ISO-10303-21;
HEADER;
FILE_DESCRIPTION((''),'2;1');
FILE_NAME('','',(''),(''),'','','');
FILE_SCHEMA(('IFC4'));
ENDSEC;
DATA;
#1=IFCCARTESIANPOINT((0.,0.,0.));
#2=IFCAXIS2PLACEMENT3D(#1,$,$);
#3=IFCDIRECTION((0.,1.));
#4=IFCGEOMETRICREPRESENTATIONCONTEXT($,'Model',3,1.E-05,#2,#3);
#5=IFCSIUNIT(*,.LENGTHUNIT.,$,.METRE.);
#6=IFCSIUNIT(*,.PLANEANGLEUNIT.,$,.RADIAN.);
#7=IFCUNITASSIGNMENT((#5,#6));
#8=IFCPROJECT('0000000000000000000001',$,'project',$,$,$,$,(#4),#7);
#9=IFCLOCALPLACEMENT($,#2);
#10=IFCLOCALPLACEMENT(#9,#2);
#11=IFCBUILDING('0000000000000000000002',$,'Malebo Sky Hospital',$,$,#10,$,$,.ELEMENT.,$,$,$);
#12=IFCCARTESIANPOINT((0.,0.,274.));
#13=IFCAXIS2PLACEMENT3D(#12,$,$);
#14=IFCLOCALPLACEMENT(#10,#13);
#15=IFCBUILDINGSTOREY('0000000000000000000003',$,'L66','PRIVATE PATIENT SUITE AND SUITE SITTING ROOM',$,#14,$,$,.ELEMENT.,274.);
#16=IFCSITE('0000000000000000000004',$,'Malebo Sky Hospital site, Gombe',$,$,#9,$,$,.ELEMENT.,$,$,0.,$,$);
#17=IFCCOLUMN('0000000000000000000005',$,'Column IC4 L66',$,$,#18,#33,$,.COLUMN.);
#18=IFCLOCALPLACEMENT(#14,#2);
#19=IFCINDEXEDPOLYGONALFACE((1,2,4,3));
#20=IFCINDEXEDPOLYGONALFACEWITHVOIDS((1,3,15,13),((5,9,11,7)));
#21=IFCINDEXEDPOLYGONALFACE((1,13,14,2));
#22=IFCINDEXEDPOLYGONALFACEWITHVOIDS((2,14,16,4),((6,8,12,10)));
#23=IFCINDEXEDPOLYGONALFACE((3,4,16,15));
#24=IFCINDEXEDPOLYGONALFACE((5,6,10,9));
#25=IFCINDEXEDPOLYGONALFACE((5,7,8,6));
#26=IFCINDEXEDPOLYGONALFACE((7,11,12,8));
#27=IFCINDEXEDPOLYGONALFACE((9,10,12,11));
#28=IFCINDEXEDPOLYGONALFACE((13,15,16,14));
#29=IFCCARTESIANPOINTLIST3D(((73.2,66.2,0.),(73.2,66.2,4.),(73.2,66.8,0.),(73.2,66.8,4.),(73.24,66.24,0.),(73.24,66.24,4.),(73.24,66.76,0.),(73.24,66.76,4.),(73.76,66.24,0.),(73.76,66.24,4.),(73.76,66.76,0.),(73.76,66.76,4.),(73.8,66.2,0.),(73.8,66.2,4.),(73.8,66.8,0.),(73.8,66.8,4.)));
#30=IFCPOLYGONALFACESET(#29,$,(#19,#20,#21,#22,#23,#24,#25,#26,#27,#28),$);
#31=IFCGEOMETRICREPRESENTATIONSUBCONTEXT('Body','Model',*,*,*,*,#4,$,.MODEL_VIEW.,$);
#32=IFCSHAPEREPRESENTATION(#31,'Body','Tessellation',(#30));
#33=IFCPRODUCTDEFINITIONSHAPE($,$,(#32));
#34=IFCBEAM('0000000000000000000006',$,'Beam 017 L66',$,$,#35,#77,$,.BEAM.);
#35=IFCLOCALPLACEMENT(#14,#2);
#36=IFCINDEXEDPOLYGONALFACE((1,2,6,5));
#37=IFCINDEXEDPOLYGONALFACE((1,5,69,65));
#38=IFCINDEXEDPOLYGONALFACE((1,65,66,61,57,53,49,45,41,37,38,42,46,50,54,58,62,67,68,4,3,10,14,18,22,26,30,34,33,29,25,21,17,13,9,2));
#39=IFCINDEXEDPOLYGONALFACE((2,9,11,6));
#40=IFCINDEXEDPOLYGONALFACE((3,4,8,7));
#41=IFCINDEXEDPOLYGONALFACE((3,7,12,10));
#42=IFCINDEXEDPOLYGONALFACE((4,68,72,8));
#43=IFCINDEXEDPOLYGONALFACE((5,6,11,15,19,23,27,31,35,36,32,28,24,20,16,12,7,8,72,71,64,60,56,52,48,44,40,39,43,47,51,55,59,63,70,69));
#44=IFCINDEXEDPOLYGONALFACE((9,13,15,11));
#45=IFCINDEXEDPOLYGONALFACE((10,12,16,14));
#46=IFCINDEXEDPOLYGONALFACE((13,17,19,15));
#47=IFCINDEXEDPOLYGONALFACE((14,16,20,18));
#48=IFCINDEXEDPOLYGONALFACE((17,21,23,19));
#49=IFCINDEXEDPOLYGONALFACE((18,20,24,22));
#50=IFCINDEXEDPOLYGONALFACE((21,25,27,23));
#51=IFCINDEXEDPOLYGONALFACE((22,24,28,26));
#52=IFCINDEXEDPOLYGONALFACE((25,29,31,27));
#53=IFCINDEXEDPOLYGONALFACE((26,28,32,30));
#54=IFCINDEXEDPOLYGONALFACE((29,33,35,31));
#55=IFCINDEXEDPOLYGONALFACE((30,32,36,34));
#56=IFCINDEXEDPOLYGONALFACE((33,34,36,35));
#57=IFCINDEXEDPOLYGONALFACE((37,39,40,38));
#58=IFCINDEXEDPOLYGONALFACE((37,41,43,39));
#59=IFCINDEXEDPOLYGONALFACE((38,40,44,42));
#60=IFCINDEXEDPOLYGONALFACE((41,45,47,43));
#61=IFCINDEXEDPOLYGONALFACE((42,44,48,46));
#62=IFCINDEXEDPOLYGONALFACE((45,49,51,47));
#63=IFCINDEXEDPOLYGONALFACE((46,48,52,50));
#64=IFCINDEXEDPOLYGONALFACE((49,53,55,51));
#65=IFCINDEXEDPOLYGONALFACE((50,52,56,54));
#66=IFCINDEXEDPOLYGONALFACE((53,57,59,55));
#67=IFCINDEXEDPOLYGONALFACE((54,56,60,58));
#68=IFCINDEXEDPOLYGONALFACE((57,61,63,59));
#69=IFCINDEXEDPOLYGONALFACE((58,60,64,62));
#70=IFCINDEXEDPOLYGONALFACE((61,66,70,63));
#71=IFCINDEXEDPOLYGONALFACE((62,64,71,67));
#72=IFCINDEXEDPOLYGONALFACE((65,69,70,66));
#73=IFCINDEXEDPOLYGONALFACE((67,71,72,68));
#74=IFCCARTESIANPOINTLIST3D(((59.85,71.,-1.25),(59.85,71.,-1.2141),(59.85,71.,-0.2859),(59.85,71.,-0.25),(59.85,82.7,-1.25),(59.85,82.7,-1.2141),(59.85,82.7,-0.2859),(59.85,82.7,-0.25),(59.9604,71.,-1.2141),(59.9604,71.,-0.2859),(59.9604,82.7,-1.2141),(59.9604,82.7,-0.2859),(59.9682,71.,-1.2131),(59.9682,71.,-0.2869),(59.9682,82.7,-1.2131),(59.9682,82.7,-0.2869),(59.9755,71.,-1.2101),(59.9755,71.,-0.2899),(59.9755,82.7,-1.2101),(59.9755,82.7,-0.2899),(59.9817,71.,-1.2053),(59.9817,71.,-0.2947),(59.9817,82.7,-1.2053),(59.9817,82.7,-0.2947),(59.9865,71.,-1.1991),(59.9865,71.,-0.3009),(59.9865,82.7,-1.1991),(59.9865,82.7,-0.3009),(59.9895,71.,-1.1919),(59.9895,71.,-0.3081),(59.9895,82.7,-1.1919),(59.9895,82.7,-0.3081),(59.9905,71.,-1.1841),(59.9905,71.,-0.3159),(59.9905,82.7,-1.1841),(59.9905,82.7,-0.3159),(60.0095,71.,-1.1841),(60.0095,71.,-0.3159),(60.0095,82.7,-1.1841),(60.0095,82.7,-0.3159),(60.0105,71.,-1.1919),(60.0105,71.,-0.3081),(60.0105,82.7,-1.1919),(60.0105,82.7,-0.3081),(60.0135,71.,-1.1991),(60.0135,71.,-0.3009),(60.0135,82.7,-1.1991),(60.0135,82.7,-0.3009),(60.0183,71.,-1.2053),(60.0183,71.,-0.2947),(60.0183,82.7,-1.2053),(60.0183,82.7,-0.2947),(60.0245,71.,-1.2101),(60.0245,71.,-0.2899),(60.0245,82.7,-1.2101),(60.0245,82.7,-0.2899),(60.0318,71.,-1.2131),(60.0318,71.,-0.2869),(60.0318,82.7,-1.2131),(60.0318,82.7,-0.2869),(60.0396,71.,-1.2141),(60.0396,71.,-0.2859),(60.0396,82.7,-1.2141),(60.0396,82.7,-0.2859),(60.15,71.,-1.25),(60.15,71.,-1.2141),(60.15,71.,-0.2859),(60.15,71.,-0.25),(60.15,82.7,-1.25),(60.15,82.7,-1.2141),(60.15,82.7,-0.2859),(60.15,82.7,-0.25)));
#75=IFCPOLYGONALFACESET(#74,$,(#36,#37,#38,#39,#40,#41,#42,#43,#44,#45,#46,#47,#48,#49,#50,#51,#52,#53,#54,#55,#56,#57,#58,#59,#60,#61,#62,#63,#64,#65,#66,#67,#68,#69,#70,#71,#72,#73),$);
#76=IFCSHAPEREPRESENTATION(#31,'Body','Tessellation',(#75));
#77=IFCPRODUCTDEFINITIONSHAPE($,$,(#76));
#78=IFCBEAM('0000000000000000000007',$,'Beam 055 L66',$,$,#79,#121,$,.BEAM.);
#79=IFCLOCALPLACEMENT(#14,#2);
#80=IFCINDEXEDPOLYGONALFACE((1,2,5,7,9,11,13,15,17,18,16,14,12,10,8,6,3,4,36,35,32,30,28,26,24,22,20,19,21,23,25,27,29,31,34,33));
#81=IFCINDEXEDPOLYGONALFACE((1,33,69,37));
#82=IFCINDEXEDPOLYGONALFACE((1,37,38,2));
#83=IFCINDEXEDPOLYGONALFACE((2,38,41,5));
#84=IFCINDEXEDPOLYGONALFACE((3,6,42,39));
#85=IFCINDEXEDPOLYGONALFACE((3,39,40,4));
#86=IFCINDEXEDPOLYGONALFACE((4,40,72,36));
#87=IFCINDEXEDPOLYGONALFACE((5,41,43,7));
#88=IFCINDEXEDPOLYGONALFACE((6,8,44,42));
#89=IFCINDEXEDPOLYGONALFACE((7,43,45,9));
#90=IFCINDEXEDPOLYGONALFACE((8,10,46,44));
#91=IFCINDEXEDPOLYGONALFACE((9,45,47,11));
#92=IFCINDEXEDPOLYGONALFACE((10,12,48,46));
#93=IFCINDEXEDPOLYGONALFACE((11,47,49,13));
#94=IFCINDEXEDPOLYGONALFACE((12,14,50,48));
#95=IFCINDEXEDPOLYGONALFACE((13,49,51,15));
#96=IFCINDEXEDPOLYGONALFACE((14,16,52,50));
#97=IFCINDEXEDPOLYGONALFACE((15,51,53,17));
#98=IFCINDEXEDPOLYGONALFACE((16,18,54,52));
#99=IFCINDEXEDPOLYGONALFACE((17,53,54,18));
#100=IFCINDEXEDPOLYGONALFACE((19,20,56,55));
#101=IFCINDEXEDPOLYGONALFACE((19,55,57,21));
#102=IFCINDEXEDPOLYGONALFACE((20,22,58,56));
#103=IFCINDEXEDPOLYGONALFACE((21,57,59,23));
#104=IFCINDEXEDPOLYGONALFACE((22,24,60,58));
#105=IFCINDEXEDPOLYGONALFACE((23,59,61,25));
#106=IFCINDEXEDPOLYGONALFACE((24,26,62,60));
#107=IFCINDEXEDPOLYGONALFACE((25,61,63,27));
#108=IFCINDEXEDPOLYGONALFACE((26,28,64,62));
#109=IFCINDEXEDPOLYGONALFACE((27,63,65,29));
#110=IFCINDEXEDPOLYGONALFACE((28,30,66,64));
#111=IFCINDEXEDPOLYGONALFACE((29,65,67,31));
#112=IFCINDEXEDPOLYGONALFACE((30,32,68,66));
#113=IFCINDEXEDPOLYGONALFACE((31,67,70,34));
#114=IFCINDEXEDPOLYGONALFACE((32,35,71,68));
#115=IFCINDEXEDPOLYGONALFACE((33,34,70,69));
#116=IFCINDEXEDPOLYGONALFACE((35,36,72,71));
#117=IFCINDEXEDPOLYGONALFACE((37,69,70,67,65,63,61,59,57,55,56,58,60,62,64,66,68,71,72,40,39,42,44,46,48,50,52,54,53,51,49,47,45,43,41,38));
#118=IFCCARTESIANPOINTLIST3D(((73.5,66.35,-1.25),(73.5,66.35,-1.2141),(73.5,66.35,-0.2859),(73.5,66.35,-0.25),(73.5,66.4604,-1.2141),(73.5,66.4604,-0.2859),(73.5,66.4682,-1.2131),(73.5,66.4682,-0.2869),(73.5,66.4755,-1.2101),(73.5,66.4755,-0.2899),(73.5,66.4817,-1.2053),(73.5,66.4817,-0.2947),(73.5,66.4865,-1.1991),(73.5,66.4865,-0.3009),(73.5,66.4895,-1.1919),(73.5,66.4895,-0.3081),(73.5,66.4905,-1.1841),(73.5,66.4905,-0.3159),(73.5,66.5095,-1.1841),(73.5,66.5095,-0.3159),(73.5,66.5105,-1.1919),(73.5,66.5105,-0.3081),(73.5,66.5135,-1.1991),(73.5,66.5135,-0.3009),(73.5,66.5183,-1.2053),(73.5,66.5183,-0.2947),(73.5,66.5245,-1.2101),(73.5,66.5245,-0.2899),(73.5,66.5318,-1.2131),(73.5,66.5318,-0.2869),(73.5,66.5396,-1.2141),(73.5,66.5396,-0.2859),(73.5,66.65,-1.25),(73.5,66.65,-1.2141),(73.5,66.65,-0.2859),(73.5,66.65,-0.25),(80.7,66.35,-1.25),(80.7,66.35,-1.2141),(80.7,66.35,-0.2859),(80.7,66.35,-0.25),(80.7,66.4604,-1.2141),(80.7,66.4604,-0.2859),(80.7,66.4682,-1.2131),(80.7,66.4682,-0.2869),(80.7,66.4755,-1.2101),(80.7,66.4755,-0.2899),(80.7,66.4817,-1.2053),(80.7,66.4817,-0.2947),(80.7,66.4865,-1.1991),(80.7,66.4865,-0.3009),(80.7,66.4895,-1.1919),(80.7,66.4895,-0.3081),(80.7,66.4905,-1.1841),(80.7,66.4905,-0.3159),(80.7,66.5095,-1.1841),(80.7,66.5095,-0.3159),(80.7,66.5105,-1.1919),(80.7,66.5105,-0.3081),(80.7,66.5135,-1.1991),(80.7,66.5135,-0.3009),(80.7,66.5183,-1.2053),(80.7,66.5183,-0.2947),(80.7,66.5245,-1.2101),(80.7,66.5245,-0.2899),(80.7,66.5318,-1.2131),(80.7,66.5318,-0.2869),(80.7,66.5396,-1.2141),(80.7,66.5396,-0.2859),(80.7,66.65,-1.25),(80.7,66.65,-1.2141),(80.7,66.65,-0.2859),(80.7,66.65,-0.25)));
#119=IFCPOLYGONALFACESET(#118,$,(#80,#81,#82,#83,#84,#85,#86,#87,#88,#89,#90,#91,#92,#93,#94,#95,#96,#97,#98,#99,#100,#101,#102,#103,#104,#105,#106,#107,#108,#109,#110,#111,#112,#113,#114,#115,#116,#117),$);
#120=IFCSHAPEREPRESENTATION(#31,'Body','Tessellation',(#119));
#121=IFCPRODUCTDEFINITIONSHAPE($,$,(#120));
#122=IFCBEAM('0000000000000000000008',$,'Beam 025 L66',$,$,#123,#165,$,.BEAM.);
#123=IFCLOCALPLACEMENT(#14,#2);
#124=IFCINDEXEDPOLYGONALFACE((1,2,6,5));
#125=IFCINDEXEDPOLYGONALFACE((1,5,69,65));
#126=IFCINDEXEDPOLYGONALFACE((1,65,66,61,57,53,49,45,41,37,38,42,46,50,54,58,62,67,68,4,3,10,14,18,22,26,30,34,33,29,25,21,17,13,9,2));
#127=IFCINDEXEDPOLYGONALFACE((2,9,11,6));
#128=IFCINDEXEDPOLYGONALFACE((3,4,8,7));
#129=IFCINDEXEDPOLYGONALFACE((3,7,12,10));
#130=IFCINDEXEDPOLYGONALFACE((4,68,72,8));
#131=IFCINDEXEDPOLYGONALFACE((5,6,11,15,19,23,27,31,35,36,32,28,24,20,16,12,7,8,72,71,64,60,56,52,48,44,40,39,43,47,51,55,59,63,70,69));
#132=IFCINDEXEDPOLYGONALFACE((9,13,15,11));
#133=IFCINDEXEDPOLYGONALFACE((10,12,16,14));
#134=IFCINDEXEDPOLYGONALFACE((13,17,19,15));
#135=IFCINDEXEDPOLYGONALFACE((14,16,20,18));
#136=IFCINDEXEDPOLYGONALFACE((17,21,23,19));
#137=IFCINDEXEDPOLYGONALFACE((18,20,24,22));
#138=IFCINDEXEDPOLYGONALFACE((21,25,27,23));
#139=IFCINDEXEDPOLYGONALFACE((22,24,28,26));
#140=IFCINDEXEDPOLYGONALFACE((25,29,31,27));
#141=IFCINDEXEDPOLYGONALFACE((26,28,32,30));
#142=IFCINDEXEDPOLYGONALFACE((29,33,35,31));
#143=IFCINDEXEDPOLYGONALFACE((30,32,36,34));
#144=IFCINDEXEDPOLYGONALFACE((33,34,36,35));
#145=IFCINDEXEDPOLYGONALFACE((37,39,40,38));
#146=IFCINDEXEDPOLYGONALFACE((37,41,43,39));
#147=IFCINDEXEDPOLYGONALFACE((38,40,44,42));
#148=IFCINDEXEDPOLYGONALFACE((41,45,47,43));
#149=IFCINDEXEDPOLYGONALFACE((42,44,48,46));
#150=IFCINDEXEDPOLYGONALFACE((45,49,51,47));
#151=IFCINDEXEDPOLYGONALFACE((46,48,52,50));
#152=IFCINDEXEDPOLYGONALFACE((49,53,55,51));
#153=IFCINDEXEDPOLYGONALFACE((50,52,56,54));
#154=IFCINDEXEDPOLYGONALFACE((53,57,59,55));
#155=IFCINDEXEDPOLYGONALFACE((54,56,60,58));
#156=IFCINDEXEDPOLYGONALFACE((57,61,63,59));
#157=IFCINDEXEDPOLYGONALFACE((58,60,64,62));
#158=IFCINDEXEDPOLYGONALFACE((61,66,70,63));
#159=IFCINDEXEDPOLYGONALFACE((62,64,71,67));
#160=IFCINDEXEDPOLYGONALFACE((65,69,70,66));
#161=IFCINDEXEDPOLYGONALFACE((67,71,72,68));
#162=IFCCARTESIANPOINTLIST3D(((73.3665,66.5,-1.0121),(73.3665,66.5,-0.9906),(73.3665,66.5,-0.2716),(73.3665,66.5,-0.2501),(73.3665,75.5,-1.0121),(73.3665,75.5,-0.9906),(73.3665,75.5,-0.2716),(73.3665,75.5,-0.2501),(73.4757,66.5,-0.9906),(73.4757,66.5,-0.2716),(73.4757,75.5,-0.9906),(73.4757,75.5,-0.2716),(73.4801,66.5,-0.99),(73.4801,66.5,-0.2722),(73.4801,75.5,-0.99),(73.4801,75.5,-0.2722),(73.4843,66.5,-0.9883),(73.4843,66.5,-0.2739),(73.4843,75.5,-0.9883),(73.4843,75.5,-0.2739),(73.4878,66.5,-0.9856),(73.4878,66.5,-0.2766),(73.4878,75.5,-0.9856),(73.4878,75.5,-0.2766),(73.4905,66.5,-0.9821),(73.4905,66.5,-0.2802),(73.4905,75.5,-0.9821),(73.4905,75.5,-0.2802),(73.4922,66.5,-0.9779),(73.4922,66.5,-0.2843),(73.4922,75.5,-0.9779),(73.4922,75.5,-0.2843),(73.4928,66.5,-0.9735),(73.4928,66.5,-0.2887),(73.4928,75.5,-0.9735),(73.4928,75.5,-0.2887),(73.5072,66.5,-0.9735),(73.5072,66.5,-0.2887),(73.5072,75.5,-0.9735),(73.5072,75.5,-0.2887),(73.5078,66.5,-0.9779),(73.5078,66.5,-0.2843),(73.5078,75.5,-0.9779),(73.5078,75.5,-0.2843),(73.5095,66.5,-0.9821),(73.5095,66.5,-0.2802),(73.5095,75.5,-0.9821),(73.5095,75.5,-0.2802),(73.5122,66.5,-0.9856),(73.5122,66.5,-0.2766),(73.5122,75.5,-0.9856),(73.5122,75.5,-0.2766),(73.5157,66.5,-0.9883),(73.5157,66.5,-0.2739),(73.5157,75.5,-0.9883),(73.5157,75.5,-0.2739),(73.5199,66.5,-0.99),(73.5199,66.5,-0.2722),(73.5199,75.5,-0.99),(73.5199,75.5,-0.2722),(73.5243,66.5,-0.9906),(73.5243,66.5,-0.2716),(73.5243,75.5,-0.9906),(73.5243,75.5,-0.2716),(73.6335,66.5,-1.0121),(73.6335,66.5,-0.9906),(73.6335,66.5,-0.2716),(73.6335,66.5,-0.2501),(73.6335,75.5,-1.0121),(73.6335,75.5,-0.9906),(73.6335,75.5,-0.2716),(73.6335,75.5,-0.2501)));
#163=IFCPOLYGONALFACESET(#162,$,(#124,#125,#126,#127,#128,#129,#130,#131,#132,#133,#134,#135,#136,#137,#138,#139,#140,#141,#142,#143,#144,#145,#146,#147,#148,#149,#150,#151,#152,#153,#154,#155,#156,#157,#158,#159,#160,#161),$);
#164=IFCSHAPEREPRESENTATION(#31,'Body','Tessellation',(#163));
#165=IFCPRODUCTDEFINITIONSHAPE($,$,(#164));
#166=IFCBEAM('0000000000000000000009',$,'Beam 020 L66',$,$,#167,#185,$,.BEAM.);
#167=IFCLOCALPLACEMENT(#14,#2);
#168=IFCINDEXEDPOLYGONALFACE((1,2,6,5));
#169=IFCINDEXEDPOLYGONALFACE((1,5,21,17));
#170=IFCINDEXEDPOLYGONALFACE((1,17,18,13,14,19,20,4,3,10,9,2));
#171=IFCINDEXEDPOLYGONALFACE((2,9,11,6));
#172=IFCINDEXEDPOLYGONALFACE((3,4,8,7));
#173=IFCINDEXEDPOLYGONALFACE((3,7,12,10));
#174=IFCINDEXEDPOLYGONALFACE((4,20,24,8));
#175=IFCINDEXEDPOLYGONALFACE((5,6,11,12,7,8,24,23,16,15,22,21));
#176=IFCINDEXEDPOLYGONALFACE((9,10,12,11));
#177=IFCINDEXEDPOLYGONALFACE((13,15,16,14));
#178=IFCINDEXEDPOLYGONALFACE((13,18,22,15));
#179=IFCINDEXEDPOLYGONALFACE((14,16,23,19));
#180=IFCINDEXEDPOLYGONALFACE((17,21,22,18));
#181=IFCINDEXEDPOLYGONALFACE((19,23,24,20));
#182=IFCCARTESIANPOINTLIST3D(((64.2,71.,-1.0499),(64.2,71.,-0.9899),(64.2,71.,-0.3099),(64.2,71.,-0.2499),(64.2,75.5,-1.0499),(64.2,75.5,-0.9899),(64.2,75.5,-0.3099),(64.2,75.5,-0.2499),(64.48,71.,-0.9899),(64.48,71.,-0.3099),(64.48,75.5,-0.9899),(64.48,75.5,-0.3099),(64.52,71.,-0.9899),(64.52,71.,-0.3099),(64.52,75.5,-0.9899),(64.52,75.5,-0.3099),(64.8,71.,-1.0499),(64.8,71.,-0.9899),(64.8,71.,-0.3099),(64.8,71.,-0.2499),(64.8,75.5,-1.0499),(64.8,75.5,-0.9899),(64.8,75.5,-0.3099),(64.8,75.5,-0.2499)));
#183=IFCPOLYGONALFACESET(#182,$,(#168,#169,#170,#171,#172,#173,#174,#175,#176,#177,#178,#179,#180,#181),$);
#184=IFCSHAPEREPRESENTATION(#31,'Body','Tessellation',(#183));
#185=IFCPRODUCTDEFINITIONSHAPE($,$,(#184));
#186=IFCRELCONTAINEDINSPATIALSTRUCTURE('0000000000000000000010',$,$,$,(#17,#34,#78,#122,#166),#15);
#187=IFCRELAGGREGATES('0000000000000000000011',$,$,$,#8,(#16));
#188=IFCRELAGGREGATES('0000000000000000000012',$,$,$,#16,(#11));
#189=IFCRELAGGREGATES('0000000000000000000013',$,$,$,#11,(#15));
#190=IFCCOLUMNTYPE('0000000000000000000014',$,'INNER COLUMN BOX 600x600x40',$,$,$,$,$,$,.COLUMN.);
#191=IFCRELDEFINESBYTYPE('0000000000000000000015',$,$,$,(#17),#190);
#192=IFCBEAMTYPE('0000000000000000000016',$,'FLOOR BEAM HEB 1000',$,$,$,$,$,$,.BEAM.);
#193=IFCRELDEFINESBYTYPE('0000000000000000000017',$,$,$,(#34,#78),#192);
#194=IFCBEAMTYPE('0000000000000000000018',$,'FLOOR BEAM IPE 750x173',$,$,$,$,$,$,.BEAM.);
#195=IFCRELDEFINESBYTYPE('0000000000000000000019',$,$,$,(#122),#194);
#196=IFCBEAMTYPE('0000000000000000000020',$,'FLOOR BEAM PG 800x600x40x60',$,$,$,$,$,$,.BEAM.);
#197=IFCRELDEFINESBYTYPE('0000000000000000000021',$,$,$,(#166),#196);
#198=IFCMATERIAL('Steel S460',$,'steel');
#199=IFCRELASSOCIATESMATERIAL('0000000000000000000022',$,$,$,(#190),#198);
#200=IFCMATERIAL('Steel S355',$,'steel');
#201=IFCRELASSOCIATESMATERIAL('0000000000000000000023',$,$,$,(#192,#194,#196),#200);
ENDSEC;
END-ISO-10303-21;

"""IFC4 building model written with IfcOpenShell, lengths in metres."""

from ifc_helpers import new_model, si_unit, direction, frame, origin, origin_2d, place, context, subcontext, project, spatial, hollow_rectangle, i_section, extrude, material, material_profile, profile_set, type_object, element, save


model = new_model("IFC4")

# Units and contexts
model_context = context("Model", 3, precision=1e-05, world=origin(), true_north=direction((0.0, 1.0)))
body_context = subcontext(model_context, "Body", "Model", "MODEL_VIEW")
ifc_project = project(units=[si_unit("LENGTHUNIT", "METRE"), si_unit("PLANEANGLEUNIT", "RADIAN")], contexts=[model_context])

# Site, building, storey
site_placement = place(None, origin())
site = spatial("IfcSite", under=ifc_project, at=site_placement, Name="Malebo Sky Hospital site, Gombe", CompositionType="ELEMENT", RefElevation=0.0)
building_placement = place(site_placement, origin())
building = spatial("IfcBuilding", under=site, at=building_placement, Name="Malebo Sky Hospital", CompositionType="ELEMENT")
storey_placement = place(building_placement, frame((0.0, 0.0, 274.0)))
storey = spatial("IfcBuildingStorey", under=building, at=storey_placement, Name="L66", Description="PRIVATE PATIENT SUITE AND SUITE SITTING ROOM", CompositionType="ELEMENT", Elevation=274.0)

# Column
ifc_material_1 = material(Name="Steel S460", Category="steel")
ifc_material_profile_1 = material_profile(ifc_material_1, hollow_rectangle(XDim=0.6001, YDim=0.6001, WallThickness=0.04, at=origin_2d()), Name="BOX 600x600x40")
ifc_profile_set_1 = profile_set([ifc_material_profile_1], Name="Steel S460")
column_type = type_object("IfcColumnType", Name="INNER COLUMN BOX 600x600x40", PredefinedType="COLUMN", material=ifc_profile_set_1)
column_placement = place(storey_placement, frame((73.5, 66.5, 0.0), z_axis=(0.0, 0.0, 1.0), x_axis=(1.0, 0.0, 0.0)))
element("IfcColumn", 1, at=column_placement, inside=storey, type_object=column_type, Name="Column IC4 L66", PredefinedType="COLUMN", context=body_context, shape_type="SweptSolid", body=[
    extrude(hollow_rectangle(XDim=0.6001, YDim=0.6001, WallThickness=0.04, at=origin_2d()), origin(), (0.0, 0.0, 1.0), 4.0),
])

# Beams
ifc_material_2 = material(Name="Steel S355", Category="steel")
ifc_material_profile_2 = material_profile(ifc_material_2, i_section(OverallWidth=0.3, OverallDepth=1.0, WebThickness=0.019, FlangeThickness=0.0359, FilletRadius=0.03, at=origin_2d()), Name="HEB 1000")
ifc_profile_set_2 = profile_set([ifc_material_profile_2], Name="Steel S355")
beam_type_1 = type_object("IfcBeamType", Name="FLOOR BEAM HEB 1000", PredefinedType="BEAM", material=ifc_profile_set_2)
beam_1_placement = place(storey_placement, frame((60.0, 71.0, -0.75), z_axis=(0.0, 1.0, 0.0), x_axis=(-1.0, 0.0, 0.0)))
element("IfcBeam", 2, at=beam_1_placement, inside=storey, type_object=beam_type_1, Name="Beam 017 L66", PredefinedType="BEAM", context=body_context, shape_type="SweptSolid", body=[
    extrude(i_section(OverallWidth=0.3, OverallDepth=1.0, WebThickness=0.019, FlangeThickness=0.0359, FilletRadius=0.03, at=origin_2d()), origin(), (0.0, 0.0, 1.0), 11.7),
])
beam_2_placement = place(storey_placement, frame((73.5, 66.5, -0.75), z_axis=(1.0, 0.0, 0.0), x_axis=(0.0, 1.0, 0.0)))
element("IfcBeam", 3, at=beam_2_placement, inside=storey, type_object=beam_type_1, Name="Beam 055 L66", PredefinedType="BEAM", context=body_context, shape_type="SweptSolid", body=[
    extrude(i_section(OverallWidth=0.3, OverallDepth=1.0, WebThickness=0.019, FlangeThickness=0.0359, FilletRadius=0.03, at=origin_2d()), origin(), (0.0, 0.0, 1.0), 7.2),
])
ifc_material_profile_3 = material_profile(ifc_material_2, i_section(OverallWidth=0.2671, OverallDepth=0.762, WebThickness=0.0144, FlangeThickness=0.0215, FilletRadius=0.0171, at=origin_2d()), Name="IPE 750x173")
ifc_profile_set_3 = profile_set([ifc_material_profile_3], Name="Steel S355")
beam_type_2 = type_object("IfcBeamType", Name="FLOOR BEAM IPE 750x173", PredefinedType="BEAM", material=ifc_profile_set_3)
beam_3_placement = place(storey_placement, frame((73.5, 66.5, -0.6311), z_axis=(0.0, 1.0, 0.0), x_axis=(-1.0, 0.0, 0.0)))
element("IfcBeam", 4, at=beam_3_placement, inside=storey, type_object=beam_type_2, Name="Beam 025 L66", PredefinedType="BEAM", context=body_context, shape_type="SweptSolid", body=[
    extrude(i_section(OverallWidth=0.2671, OverallDepth=0.762, WebThickness=0.0144, FlangeThickness=0.0215, FilletRadius=0.0171, at=origin_2d()), origin(), (0.0, 0.0, 1.0), 9.0),
])
ifc_material_profile_4 = material_profile(ifc_material_2, i_section(OverallWidth=0.6001, OverallDepth=0.8, WebThickness=0.04, FlangeThickness=0.0601, at=origin_2d()), Name="PG 800x600x40x60")
ifc_profile_set_4 = profile_set([ifc_material_profile_4], Name="Steel S355")
beam_type_3 = type_object("IfcBeamType", Name="FLOOR BEAM PG 800x600x40x60", PredefinedType="BEAM", material=ifc_profile_set_4)
beam_4_placement = place(storey_placement, frame((64.5, 71.0, -0.6499), z_axis=(0.0, 1.0, 0.0), x_axis=(-1.0, 0.0, 0.0)))
element("IfcBeam", 5, at=beam_4_placement, inside=storey, type_object=beam_type_3, Name="Beam 020 L66", PredefinedType="BEAM", context=body_context, shape_type="SweptSolid", body=[
    extrude(i_section(OverallWidth=0.6001, OverallDepth=0.8, WebThickness=0.04, FlangeThickness=0.0601, at=origin_2d()), origin(), (0.0, 0.0, 1.0), 4.5),
])

save(model, "model.ifc")
